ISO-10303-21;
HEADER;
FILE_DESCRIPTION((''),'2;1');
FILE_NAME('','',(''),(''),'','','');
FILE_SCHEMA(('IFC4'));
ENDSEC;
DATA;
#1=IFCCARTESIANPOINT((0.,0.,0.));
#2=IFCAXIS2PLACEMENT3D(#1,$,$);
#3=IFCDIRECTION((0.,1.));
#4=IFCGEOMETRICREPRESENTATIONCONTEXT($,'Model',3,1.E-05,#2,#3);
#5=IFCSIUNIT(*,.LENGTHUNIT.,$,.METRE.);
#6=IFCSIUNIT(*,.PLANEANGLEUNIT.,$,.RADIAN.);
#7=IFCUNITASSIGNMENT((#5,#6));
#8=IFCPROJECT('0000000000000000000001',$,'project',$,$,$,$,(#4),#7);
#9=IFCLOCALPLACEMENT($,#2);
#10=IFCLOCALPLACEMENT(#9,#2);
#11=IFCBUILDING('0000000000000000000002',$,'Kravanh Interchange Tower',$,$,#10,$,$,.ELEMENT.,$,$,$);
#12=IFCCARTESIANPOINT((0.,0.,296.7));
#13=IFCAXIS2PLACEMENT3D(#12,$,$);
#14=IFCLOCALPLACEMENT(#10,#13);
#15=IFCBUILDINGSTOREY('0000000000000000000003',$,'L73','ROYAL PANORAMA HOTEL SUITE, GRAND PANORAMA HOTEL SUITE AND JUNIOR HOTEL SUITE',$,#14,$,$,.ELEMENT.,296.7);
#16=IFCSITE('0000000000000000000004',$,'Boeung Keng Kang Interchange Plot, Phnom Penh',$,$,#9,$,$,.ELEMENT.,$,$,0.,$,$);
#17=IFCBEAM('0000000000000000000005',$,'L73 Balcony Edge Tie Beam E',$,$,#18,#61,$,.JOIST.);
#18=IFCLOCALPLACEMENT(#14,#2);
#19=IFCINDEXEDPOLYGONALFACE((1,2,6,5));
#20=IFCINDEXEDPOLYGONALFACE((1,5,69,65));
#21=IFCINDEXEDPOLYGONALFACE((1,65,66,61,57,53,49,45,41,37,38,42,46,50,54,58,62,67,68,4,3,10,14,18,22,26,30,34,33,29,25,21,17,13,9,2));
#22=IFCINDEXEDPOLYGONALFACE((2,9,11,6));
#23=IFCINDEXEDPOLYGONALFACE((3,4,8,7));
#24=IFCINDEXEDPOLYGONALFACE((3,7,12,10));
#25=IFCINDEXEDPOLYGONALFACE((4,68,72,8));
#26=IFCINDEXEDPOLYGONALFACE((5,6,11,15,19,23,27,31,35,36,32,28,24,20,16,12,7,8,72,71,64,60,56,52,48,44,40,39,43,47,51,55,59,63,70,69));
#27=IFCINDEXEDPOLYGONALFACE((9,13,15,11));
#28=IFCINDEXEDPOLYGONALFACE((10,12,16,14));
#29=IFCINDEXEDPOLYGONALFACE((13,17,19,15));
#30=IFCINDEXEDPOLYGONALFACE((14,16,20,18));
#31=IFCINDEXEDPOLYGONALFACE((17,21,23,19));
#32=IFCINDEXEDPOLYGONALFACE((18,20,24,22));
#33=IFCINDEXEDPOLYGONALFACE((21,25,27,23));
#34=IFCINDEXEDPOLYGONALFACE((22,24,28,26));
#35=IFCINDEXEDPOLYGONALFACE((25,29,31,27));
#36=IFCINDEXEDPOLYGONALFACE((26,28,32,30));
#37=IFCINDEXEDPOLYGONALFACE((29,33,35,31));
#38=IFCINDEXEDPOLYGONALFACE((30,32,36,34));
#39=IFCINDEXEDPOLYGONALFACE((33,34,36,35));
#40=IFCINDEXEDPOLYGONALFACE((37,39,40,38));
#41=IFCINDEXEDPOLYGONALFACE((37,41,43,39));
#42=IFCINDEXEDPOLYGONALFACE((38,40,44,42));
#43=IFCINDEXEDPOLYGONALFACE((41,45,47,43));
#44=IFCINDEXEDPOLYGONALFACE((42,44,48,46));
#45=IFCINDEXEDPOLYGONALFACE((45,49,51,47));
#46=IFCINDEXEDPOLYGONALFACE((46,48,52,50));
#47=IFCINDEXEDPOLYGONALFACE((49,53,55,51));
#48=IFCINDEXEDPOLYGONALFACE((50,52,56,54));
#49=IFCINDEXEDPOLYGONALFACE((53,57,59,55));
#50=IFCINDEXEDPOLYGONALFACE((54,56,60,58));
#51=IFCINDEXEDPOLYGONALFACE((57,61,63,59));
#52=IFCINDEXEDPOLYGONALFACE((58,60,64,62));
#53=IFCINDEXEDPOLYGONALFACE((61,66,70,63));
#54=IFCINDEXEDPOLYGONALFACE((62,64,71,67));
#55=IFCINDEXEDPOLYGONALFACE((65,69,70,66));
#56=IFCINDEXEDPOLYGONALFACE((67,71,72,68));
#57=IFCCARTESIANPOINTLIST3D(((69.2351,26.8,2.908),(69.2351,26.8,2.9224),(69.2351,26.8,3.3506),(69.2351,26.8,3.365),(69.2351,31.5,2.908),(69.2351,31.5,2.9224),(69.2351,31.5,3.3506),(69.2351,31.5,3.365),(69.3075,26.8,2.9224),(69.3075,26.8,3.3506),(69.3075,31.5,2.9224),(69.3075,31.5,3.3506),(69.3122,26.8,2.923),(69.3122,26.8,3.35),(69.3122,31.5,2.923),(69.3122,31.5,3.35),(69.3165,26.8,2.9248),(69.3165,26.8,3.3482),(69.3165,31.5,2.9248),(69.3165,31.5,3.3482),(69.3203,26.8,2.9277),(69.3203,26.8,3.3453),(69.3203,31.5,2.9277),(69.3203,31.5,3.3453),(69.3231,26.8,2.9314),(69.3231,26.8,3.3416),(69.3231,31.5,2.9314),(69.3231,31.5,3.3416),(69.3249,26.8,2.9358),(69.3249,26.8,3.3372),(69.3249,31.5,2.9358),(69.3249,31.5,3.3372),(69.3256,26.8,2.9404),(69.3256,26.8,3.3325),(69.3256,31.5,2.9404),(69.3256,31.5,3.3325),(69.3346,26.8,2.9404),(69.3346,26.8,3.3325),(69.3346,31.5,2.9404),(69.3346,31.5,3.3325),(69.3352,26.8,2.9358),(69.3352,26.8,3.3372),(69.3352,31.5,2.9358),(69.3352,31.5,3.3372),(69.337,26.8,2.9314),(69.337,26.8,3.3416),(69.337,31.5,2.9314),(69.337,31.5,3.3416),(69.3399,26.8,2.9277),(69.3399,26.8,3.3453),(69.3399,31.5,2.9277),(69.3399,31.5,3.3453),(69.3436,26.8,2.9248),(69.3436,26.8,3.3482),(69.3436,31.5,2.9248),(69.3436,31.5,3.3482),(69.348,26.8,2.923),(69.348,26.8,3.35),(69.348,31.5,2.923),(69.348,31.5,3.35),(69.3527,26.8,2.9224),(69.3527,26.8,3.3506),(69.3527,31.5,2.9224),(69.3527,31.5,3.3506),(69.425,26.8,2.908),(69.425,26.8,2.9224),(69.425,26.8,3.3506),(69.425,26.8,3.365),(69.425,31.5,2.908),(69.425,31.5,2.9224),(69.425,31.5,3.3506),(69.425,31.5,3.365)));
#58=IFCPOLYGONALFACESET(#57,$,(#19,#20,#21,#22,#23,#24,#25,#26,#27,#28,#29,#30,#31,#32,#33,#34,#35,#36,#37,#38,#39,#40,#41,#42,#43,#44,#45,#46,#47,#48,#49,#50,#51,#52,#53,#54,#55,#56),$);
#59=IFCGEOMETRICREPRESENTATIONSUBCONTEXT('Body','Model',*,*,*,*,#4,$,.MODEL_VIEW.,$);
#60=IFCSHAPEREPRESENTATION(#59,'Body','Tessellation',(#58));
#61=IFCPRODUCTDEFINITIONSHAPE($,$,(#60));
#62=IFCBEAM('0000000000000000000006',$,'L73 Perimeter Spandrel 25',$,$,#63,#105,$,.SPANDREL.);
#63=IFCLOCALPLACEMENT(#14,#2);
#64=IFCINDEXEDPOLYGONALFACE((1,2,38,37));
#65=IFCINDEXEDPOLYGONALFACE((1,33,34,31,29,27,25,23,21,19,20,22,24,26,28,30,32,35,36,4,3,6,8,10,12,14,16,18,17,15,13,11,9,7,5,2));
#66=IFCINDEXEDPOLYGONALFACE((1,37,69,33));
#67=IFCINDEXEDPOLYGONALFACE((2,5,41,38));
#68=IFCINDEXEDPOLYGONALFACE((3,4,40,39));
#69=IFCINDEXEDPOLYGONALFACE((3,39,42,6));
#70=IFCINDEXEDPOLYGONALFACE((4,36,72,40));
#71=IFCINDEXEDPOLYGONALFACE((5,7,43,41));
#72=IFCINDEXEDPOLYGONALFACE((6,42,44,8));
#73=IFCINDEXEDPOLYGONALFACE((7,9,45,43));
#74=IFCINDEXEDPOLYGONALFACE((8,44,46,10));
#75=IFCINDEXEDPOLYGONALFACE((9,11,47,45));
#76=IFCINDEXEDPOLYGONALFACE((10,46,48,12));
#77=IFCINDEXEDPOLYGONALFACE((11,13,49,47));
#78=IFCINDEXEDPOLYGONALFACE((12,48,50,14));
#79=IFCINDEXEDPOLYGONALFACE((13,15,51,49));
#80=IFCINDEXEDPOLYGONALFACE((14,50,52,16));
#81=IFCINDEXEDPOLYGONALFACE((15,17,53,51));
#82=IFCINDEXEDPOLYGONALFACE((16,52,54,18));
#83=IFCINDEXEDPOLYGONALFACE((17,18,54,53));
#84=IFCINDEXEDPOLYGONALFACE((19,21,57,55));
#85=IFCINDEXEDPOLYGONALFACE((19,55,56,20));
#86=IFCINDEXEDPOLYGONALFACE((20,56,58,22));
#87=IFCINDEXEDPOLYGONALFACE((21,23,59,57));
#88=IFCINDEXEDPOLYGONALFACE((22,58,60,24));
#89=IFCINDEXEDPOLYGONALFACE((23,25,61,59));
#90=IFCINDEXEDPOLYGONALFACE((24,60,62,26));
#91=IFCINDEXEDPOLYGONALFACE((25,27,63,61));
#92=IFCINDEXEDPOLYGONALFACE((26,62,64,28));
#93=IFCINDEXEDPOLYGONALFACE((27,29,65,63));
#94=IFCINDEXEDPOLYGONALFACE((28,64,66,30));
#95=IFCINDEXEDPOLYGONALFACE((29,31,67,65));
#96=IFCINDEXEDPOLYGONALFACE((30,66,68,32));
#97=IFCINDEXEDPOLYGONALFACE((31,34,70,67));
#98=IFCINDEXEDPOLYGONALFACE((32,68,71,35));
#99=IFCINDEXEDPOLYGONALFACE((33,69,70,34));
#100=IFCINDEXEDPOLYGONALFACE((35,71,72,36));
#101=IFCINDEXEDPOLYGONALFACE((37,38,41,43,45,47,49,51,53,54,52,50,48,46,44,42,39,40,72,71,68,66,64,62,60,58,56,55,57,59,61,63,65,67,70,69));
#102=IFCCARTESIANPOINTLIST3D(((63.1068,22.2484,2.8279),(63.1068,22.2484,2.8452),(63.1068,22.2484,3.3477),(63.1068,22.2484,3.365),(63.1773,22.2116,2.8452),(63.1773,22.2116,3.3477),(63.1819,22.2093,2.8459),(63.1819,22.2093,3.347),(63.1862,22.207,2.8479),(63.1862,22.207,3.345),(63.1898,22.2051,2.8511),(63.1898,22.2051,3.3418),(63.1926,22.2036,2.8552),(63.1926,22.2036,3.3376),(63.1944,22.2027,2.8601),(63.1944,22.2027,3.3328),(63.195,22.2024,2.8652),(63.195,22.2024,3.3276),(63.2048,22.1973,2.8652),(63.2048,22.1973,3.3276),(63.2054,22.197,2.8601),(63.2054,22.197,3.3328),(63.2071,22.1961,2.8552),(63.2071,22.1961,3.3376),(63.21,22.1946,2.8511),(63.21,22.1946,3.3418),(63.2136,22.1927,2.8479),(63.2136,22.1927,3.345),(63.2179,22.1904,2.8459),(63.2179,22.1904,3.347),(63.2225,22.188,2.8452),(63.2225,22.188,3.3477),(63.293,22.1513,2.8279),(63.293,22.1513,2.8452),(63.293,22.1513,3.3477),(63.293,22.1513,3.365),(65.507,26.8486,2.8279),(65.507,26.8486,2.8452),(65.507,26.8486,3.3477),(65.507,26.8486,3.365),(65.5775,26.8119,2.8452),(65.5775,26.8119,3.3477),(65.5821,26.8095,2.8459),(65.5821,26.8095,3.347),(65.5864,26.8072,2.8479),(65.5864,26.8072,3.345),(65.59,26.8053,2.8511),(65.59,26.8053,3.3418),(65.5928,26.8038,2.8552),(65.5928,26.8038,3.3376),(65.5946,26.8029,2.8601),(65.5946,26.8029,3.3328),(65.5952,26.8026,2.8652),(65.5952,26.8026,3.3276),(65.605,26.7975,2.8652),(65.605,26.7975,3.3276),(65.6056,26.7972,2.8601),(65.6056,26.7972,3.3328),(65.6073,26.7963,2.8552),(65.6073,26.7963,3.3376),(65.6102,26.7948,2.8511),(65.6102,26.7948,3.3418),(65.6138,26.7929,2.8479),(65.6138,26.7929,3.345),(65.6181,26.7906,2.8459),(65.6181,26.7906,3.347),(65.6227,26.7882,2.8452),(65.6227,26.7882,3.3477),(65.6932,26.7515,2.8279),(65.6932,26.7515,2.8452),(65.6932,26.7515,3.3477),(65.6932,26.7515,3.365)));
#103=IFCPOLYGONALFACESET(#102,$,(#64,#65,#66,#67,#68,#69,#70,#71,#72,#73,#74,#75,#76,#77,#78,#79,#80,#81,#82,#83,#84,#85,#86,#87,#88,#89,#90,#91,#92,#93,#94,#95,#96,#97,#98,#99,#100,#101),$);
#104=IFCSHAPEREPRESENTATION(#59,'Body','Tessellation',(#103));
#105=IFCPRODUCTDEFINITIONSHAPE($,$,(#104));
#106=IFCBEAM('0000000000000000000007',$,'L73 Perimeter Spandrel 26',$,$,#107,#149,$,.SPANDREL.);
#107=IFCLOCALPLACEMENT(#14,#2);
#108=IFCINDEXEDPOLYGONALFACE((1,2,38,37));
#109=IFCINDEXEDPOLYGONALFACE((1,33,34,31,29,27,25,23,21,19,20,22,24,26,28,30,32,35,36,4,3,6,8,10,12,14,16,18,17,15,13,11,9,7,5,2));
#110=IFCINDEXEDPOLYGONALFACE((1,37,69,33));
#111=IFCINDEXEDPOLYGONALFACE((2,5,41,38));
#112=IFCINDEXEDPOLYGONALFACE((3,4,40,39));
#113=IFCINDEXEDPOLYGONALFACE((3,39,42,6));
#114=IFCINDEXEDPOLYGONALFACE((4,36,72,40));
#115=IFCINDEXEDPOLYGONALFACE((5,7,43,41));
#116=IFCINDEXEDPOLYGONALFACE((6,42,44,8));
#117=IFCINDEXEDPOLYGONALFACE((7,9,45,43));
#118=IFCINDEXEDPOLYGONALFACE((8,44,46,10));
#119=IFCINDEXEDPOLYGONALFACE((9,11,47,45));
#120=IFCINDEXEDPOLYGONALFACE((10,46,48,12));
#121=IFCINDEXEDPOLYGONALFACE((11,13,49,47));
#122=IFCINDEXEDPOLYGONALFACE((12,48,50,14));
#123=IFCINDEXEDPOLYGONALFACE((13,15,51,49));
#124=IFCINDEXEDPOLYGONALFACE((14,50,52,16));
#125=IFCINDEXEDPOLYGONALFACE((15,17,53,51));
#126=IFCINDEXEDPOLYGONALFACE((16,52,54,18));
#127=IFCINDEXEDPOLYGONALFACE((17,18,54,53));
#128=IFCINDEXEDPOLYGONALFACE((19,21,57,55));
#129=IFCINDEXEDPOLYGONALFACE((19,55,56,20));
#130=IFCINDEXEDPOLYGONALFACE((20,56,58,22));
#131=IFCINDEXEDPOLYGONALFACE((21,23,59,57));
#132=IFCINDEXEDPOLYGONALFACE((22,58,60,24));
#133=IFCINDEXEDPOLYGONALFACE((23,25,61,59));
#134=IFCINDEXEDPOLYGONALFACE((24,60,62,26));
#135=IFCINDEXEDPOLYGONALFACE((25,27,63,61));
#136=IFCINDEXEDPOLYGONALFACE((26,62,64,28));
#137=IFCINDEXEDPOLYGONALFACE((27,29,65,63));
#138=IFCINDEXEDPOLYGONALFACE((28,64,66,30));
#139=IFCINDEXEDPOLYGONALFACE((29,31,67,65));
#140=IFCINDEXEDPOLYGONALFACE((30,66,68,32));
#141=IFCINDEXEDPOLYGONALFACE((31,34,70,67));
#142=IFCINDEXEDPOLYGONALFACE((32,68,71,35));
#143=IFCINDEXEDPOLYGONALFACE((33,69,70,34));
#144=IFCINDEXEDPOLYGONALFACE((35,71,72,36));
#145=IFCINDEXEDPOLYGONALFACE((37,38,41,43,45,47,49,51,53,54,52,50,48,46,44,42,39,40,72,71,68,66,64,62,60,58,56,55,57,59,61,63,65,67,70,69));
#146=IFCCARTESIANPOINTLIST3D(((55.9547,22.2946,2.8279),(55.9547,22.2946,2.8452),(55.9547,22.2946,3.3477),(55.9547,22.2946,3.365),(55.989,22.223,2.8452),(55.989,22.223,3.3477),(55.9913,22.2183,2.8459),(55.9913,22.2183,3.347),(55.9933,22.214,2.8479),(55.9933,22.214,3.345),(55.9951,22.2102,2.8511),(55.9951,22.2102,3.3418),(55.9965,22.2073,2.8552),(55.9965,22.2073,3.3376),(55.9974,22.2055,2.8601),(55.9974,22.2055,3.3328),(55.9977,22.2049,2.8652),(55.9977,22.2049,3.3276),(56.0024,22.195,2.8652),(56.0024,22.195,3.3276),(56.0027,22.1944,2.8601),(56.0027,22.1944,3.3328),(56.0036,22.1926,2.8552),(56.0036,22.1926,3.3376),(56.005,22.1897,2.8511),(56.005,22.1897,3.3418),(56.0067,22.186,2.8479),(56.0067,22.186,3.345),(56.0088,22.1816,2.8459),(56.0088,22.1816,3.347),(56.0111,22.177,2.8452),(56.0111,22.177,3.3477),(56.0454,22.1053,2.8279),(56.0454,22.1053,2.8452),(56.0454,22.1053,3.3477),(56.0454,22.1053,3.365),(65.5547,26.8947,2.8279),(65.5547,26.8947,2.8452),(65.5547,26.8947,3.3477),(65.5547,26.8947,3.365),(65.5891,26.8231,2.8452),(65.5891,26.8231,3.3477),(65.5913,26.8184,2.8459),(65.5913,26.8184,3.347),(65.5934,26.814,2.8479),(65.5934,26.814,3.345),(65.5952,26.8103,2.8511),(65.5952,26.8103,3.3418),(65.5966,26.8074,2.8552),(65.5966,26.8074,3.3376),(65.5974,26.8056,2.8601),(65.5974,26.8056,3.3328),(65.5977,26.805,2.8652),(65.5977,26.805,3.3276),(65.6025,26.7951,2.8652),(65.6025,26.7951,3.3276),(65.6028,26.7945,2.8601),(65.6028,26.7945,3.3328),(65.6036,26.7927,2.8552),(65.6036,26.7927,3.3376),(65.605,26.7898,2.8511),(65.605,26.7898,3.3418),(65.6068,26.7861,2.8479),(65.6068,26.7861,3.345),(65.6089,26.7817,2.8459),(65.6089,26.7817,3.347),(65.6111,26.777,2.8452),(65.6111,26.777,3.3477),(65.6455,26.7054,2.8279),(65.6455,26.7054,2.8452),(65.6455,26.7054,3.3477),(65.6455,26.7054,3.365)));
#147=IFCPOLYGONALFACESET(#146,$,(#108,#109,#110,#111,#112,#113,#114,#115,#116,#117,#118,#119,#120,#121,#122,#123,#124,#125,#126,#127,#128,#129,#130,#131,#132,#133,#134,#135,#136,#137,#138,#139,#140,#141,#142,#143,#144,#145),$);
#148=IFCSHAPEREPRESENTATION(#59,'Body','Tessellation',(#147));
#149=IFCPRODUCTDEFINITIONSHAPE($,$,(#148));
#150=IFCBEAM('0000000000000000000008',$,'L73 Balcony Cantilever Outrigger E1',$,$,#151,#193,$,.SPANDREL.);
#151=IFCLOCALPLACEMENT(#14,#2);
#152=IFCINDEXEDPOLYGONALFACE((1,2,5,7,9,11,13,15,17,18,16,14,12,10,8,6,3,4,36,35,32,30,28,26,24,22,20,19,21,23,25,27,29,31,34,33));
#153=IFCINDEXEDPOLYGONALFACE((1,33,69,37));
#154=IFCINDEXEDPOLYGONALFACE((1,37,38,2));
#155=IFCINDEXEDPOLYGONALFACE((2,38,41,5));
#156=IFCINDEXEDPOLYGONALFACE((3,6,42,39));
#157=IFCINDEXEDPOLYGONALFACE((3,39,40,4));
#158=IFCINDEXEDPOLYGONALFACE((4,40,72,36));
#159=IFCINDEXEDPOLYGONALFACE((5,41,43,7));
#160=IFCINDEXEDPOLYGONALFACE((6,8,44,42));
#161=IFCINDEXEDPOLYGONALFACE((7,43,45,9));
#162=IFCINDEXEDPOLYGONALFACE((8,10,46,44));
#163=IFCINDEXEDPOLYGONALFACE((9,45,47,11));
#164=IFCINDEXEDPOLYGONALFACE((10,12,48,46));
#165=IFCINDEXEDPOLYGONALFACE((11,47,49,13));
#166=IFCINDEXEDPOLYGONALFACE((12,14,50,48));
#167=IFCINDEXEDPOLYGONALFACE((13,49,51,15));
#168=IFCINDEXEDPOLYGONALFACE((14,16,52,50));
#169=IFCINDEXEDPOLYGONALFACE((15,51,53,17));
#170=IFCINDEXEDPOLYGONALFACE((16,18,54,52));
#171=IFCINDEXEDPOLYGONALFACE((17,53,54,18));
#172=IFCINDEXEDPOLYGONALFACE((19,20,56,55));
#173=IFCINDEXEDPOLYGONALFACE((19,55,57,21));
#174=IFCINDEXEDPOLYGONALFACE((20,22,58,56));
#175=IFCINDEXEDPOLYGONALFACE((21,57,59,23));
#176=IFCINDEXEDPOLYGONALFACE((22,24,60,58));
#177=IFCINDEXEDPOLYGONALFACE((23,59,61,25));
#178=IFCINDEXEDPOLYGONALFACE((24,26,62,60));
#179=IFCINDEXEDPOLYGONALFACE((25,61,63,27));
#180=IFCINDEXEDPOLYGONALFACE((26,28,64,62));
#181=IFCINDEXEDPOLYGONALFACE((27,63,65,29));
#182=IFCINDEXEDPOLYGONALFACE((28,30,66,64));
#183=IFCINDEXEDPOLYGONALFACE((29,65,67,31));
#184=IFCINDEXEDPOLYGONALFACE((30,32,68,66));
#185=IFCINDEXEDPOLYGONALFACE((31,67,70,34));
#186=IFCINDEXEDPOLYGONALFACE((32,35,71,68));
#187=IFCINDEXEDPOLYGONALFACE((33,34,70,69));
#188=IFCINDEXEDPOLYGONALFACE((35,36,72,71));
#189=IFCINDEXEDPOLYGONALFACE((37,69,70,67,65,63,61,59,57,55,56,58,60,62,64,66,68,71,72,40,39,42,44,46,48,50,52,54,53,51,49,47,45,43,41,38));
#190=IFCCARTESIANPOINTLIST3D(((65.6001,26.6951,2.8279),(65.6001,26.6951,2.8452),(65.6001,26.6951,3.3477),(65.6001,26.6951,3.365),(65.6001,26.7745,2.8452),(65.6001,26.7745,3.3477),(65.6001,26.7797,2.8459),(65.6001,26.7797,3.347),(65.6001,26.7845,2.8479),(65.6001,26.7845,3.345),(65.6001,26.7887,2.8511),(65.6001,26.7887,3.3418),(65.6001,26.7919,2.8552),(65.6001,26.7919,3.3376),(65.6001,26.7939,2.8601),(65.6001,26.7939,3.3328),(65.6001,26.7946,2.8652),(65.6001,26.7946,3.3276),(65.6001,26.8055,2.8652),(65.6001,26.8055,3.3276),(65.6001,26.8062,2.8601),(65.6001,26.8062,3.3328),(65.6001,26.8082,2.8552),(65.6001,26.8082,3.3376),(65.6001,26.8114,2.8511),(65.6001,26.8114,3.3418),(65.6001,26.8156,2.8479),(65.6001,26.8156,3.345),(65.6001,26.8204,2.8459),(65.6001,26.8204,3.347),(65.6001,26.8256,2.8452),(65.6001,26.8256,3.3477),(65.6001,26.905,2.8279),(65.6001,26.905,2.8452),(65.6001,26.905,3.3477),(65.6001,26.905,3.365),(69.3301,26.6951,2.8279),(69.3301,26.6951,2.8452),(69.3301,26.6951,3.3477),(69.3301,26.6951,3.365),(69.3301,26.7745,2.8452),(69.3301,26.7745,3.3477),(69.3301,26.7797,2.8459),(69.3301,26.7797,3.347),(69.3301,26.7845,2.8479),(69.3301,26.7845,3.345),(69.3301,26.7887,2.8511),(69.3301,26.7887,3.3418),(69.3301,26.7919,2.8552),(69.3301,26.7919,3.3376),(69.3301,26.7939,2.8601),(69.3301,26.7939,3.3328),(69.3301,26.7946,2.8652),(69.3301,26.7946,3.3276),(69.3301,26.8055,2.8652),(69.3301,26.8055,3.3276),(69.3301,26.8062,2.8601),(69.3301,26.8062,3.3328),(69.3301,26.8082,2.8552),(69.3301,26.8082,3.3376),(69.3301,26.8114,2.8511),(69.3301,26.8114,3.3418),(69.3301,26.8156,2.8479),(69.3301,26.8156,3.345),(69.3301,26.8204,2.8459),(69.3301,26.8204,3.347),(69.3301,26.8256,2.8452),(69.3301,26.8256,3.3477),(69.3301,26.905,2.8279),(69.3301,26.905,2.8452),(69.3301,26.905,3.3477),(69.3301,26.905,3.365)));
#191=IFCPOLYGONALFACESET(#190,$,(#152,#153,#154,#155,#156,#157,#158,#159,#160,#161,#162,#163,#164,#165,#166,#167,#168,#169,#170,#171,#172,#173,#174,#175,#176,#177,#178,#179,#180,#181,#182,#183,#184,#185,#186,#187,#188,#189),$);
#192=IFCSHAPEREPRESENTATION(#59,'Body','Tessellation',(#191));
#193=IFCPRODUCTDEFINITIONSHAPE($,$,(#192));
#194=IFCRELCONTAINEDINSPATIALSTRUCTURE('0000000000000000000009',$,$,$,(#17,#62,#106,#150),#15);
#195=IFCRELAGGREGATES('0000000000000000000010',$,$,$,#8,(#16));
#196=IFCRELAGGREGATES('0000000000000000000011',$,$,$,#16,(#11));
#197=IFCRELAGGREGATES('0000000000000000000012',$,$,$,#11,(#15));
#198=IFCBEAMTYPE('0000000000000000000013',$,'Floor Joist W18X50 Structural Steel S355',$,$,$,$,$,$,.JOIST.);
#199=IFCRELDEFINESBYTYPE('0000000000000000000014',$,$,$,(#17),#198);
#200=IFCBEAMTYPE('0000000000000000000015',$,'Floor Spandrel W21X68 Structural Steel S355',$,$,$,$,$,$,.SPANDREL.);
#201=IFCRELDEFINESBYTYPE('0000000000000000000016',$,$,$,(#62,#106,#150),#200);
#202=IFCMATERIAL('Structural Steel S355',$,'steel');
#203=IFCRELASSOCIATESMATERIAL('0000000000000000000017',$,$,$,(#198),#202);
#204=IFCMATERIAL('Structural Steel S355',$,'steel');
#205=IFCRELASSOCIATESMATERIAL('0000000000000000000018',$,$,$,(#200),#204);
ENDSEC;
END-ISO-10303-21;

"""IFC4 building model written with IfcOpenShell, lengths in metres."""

from ifc_helpers import new_model, si_unit, direction, frame, origin, origin_2d, place, context, subcontext, project, spatial, i_section, extrude, material, material_profile, profile_set, type_object, element, save


model = new_model("IFC4")

# Units and contexts
model_context = context("Model", 3, precision=1e-05, world=origin(), true_north=direction((0.0, 1.0)))
body_context = subcontext(model_context, "Body", "Model", "MODEL_VIEW")
ifc_project = project(units=[si_unit("LENGTHUNIT", "METRE"), si_unit("PLANEANGLEUNIT", "RADIAN")], contexts=[model_context])

# Site, building, storey
site_placement = place(None, origin())
site = spatial("IfcSite", under=ifc_project, at=site_placement, Name="Boeung Keng Kang Interchange Plot, Phnom Penh", CompositionType="ELEMENT", RefElevation=0.0)
building_placement = place(site_placement, origin())
building = spatial("IfcBuilding", under=site, at=building_placement, Name="Kravanh Interchange Tower", CompositionType="ELEMENT")
storey_placement = place(building_placement, frame((0.0, 0.0, 296.7)))
storey = spatial("IfcBuildingStorey", under=building, at=storey_placement, Name="L73", Description="ROYAL PANORAMA HOTEL SUITE, GRAND PANORAMA HOTEL SUITE AND JUNIOR HOTEL SUITE", CompositionType="ELEMENT", Elevation=296.7)

# Beams
ifc_material_1 = material(Name="Structural Steel S355", Category="steel")
ifc_material_profile_1 = material_profile(ifc_material_1, i_section(OverallWidth=0.1899, OverallDepth=0.457, WebThickness=0.009, FlangeThickness=0.0144, FilletRadius=0.0181, at=origin_2d()), Name="W18X50")
ifc_profile_set_1 = profile_set([ifc_material_profile_1], Name="Structural Steel S355")
beam_type_1 = type_object("IfcBeamType", Name="Floor Joist W18X50 Structural Steel S355", PredefinedType="JOIST", material=ifc_profile_set_1)
beam_1_placement = place(storey_placement, frame((69.3301, 26.8, 3.1365), z_axis=(0.0, 1.0, 0.0), x_axis=(-1.0, 0.0, 0.0)))
element("IfcBeam", 1, at=beam_1_placement, inside=storey, type_object=beam_type_1, Name="L73 Balcony Edge Tie Beam E", PredefinedType="JOIST", context=body_context, shape_type="SweptSolid", body=[
    extrude(i_section(OverallWidth=0.1899, OverallDepth=0.457, WebThickness=0.009, FlangeThickness=0.0144, FilletRadius=0.0181, at=origin_2d()), origin(), (0.0, 0.0, 1.0), 4.7),
])
ifc_material_2 = material(Name="Structural Steel S355", Category="steel")
ifc_material_profile_2 = material_profile(ifc_material_2, i_section(OverallWidth=0.21, OverallDepth=0.5371, WebThickness=0.011, FlangeThickness=0.0173, FilletRadius=0.02, at=origin_2d()), Name="W21X68")
ifc_profile_set_2 = profile_set([ifc_material_profile_2], Name="Structural Steel S355")
beam_type_2 = type_object("IfcBeamType", Name="Floor Spandrel W21X68 Structural Steel S355", PredefinedType="SPANDREL", material=ifc_profile_set_2)
beam_2_placement = place(storey_placement, frame((65.6001, 26.8, 3.0964), z_axis=(-0.46258, -0.886577, 0.0), x_axis=(0.886577, -0.46258, 0.0)))
element("IfcBeam", 2, at=beam_2_placement, inside=storey, type_object=beam_type_2, Name="L73 Perimeter Spandrel 25", PredefinedType="SPANDREL", context=body_context, shape_type="SweptSolid", body=[
    extrude(i_section(OverallWidth=0.21, OverallDepth=0.5371, WebThickness=0.011, FlangeThickness=0.0173, FilletRadius=0.02, at=origin_2d()), origin(), (0.0, 0.0, 1.0), 5.1887),
])
beam_3_placement = place(storey_placement, frame((65.6001, 26.8, 3.0964), z_axis=(-0.901814, -0.432124, 0.0), x_axis=(0.432124, -0.901814, 0.0)))
element("IfcBeam", 3, at=beam_3_placement, inside=storey, type_object=beam_type_2, Name="L73 Perimeter Spandrel 26", PredefinedType="SPANDREL", context=body_context, shape_type="SweptSolid", body=[
    extrude(i_section(OverallWidth=0.21, OverallDepth=0.5371, WebThickness=0.011, FlangeThickness=0.0173, FilletRadius=0.02, at=origin_2d()), origin(), (0.0, 0.0, 1.0), 10.6453),
])
beam_4_placement = place(storey_placement, frame((65.6001, 26.8, 3.0964), z_axis=(1.0, 0.0, 0.0), x_axis=(0.0, 1.0, 0.0)))
element("IfcBeam", 4, at=beam_4_placement, inside=storey, type_object=beam_type_2, Name="L73 Balcony Cantilever Outrigger E1", PredefinedType="SPANDREL", context=body_context, shape_type="SweptSolid", body=[
    extrude(i_section(OverallWidth=0.21, OverallDepth=0.5371, WebThickness=0.011, FlangeThickness=0.0173, FilletRadius=0.02, at=origin_2d()), origin(), (0.0, 0.0, 1.0), 3.73),
])

save(model, "model.ifc")
